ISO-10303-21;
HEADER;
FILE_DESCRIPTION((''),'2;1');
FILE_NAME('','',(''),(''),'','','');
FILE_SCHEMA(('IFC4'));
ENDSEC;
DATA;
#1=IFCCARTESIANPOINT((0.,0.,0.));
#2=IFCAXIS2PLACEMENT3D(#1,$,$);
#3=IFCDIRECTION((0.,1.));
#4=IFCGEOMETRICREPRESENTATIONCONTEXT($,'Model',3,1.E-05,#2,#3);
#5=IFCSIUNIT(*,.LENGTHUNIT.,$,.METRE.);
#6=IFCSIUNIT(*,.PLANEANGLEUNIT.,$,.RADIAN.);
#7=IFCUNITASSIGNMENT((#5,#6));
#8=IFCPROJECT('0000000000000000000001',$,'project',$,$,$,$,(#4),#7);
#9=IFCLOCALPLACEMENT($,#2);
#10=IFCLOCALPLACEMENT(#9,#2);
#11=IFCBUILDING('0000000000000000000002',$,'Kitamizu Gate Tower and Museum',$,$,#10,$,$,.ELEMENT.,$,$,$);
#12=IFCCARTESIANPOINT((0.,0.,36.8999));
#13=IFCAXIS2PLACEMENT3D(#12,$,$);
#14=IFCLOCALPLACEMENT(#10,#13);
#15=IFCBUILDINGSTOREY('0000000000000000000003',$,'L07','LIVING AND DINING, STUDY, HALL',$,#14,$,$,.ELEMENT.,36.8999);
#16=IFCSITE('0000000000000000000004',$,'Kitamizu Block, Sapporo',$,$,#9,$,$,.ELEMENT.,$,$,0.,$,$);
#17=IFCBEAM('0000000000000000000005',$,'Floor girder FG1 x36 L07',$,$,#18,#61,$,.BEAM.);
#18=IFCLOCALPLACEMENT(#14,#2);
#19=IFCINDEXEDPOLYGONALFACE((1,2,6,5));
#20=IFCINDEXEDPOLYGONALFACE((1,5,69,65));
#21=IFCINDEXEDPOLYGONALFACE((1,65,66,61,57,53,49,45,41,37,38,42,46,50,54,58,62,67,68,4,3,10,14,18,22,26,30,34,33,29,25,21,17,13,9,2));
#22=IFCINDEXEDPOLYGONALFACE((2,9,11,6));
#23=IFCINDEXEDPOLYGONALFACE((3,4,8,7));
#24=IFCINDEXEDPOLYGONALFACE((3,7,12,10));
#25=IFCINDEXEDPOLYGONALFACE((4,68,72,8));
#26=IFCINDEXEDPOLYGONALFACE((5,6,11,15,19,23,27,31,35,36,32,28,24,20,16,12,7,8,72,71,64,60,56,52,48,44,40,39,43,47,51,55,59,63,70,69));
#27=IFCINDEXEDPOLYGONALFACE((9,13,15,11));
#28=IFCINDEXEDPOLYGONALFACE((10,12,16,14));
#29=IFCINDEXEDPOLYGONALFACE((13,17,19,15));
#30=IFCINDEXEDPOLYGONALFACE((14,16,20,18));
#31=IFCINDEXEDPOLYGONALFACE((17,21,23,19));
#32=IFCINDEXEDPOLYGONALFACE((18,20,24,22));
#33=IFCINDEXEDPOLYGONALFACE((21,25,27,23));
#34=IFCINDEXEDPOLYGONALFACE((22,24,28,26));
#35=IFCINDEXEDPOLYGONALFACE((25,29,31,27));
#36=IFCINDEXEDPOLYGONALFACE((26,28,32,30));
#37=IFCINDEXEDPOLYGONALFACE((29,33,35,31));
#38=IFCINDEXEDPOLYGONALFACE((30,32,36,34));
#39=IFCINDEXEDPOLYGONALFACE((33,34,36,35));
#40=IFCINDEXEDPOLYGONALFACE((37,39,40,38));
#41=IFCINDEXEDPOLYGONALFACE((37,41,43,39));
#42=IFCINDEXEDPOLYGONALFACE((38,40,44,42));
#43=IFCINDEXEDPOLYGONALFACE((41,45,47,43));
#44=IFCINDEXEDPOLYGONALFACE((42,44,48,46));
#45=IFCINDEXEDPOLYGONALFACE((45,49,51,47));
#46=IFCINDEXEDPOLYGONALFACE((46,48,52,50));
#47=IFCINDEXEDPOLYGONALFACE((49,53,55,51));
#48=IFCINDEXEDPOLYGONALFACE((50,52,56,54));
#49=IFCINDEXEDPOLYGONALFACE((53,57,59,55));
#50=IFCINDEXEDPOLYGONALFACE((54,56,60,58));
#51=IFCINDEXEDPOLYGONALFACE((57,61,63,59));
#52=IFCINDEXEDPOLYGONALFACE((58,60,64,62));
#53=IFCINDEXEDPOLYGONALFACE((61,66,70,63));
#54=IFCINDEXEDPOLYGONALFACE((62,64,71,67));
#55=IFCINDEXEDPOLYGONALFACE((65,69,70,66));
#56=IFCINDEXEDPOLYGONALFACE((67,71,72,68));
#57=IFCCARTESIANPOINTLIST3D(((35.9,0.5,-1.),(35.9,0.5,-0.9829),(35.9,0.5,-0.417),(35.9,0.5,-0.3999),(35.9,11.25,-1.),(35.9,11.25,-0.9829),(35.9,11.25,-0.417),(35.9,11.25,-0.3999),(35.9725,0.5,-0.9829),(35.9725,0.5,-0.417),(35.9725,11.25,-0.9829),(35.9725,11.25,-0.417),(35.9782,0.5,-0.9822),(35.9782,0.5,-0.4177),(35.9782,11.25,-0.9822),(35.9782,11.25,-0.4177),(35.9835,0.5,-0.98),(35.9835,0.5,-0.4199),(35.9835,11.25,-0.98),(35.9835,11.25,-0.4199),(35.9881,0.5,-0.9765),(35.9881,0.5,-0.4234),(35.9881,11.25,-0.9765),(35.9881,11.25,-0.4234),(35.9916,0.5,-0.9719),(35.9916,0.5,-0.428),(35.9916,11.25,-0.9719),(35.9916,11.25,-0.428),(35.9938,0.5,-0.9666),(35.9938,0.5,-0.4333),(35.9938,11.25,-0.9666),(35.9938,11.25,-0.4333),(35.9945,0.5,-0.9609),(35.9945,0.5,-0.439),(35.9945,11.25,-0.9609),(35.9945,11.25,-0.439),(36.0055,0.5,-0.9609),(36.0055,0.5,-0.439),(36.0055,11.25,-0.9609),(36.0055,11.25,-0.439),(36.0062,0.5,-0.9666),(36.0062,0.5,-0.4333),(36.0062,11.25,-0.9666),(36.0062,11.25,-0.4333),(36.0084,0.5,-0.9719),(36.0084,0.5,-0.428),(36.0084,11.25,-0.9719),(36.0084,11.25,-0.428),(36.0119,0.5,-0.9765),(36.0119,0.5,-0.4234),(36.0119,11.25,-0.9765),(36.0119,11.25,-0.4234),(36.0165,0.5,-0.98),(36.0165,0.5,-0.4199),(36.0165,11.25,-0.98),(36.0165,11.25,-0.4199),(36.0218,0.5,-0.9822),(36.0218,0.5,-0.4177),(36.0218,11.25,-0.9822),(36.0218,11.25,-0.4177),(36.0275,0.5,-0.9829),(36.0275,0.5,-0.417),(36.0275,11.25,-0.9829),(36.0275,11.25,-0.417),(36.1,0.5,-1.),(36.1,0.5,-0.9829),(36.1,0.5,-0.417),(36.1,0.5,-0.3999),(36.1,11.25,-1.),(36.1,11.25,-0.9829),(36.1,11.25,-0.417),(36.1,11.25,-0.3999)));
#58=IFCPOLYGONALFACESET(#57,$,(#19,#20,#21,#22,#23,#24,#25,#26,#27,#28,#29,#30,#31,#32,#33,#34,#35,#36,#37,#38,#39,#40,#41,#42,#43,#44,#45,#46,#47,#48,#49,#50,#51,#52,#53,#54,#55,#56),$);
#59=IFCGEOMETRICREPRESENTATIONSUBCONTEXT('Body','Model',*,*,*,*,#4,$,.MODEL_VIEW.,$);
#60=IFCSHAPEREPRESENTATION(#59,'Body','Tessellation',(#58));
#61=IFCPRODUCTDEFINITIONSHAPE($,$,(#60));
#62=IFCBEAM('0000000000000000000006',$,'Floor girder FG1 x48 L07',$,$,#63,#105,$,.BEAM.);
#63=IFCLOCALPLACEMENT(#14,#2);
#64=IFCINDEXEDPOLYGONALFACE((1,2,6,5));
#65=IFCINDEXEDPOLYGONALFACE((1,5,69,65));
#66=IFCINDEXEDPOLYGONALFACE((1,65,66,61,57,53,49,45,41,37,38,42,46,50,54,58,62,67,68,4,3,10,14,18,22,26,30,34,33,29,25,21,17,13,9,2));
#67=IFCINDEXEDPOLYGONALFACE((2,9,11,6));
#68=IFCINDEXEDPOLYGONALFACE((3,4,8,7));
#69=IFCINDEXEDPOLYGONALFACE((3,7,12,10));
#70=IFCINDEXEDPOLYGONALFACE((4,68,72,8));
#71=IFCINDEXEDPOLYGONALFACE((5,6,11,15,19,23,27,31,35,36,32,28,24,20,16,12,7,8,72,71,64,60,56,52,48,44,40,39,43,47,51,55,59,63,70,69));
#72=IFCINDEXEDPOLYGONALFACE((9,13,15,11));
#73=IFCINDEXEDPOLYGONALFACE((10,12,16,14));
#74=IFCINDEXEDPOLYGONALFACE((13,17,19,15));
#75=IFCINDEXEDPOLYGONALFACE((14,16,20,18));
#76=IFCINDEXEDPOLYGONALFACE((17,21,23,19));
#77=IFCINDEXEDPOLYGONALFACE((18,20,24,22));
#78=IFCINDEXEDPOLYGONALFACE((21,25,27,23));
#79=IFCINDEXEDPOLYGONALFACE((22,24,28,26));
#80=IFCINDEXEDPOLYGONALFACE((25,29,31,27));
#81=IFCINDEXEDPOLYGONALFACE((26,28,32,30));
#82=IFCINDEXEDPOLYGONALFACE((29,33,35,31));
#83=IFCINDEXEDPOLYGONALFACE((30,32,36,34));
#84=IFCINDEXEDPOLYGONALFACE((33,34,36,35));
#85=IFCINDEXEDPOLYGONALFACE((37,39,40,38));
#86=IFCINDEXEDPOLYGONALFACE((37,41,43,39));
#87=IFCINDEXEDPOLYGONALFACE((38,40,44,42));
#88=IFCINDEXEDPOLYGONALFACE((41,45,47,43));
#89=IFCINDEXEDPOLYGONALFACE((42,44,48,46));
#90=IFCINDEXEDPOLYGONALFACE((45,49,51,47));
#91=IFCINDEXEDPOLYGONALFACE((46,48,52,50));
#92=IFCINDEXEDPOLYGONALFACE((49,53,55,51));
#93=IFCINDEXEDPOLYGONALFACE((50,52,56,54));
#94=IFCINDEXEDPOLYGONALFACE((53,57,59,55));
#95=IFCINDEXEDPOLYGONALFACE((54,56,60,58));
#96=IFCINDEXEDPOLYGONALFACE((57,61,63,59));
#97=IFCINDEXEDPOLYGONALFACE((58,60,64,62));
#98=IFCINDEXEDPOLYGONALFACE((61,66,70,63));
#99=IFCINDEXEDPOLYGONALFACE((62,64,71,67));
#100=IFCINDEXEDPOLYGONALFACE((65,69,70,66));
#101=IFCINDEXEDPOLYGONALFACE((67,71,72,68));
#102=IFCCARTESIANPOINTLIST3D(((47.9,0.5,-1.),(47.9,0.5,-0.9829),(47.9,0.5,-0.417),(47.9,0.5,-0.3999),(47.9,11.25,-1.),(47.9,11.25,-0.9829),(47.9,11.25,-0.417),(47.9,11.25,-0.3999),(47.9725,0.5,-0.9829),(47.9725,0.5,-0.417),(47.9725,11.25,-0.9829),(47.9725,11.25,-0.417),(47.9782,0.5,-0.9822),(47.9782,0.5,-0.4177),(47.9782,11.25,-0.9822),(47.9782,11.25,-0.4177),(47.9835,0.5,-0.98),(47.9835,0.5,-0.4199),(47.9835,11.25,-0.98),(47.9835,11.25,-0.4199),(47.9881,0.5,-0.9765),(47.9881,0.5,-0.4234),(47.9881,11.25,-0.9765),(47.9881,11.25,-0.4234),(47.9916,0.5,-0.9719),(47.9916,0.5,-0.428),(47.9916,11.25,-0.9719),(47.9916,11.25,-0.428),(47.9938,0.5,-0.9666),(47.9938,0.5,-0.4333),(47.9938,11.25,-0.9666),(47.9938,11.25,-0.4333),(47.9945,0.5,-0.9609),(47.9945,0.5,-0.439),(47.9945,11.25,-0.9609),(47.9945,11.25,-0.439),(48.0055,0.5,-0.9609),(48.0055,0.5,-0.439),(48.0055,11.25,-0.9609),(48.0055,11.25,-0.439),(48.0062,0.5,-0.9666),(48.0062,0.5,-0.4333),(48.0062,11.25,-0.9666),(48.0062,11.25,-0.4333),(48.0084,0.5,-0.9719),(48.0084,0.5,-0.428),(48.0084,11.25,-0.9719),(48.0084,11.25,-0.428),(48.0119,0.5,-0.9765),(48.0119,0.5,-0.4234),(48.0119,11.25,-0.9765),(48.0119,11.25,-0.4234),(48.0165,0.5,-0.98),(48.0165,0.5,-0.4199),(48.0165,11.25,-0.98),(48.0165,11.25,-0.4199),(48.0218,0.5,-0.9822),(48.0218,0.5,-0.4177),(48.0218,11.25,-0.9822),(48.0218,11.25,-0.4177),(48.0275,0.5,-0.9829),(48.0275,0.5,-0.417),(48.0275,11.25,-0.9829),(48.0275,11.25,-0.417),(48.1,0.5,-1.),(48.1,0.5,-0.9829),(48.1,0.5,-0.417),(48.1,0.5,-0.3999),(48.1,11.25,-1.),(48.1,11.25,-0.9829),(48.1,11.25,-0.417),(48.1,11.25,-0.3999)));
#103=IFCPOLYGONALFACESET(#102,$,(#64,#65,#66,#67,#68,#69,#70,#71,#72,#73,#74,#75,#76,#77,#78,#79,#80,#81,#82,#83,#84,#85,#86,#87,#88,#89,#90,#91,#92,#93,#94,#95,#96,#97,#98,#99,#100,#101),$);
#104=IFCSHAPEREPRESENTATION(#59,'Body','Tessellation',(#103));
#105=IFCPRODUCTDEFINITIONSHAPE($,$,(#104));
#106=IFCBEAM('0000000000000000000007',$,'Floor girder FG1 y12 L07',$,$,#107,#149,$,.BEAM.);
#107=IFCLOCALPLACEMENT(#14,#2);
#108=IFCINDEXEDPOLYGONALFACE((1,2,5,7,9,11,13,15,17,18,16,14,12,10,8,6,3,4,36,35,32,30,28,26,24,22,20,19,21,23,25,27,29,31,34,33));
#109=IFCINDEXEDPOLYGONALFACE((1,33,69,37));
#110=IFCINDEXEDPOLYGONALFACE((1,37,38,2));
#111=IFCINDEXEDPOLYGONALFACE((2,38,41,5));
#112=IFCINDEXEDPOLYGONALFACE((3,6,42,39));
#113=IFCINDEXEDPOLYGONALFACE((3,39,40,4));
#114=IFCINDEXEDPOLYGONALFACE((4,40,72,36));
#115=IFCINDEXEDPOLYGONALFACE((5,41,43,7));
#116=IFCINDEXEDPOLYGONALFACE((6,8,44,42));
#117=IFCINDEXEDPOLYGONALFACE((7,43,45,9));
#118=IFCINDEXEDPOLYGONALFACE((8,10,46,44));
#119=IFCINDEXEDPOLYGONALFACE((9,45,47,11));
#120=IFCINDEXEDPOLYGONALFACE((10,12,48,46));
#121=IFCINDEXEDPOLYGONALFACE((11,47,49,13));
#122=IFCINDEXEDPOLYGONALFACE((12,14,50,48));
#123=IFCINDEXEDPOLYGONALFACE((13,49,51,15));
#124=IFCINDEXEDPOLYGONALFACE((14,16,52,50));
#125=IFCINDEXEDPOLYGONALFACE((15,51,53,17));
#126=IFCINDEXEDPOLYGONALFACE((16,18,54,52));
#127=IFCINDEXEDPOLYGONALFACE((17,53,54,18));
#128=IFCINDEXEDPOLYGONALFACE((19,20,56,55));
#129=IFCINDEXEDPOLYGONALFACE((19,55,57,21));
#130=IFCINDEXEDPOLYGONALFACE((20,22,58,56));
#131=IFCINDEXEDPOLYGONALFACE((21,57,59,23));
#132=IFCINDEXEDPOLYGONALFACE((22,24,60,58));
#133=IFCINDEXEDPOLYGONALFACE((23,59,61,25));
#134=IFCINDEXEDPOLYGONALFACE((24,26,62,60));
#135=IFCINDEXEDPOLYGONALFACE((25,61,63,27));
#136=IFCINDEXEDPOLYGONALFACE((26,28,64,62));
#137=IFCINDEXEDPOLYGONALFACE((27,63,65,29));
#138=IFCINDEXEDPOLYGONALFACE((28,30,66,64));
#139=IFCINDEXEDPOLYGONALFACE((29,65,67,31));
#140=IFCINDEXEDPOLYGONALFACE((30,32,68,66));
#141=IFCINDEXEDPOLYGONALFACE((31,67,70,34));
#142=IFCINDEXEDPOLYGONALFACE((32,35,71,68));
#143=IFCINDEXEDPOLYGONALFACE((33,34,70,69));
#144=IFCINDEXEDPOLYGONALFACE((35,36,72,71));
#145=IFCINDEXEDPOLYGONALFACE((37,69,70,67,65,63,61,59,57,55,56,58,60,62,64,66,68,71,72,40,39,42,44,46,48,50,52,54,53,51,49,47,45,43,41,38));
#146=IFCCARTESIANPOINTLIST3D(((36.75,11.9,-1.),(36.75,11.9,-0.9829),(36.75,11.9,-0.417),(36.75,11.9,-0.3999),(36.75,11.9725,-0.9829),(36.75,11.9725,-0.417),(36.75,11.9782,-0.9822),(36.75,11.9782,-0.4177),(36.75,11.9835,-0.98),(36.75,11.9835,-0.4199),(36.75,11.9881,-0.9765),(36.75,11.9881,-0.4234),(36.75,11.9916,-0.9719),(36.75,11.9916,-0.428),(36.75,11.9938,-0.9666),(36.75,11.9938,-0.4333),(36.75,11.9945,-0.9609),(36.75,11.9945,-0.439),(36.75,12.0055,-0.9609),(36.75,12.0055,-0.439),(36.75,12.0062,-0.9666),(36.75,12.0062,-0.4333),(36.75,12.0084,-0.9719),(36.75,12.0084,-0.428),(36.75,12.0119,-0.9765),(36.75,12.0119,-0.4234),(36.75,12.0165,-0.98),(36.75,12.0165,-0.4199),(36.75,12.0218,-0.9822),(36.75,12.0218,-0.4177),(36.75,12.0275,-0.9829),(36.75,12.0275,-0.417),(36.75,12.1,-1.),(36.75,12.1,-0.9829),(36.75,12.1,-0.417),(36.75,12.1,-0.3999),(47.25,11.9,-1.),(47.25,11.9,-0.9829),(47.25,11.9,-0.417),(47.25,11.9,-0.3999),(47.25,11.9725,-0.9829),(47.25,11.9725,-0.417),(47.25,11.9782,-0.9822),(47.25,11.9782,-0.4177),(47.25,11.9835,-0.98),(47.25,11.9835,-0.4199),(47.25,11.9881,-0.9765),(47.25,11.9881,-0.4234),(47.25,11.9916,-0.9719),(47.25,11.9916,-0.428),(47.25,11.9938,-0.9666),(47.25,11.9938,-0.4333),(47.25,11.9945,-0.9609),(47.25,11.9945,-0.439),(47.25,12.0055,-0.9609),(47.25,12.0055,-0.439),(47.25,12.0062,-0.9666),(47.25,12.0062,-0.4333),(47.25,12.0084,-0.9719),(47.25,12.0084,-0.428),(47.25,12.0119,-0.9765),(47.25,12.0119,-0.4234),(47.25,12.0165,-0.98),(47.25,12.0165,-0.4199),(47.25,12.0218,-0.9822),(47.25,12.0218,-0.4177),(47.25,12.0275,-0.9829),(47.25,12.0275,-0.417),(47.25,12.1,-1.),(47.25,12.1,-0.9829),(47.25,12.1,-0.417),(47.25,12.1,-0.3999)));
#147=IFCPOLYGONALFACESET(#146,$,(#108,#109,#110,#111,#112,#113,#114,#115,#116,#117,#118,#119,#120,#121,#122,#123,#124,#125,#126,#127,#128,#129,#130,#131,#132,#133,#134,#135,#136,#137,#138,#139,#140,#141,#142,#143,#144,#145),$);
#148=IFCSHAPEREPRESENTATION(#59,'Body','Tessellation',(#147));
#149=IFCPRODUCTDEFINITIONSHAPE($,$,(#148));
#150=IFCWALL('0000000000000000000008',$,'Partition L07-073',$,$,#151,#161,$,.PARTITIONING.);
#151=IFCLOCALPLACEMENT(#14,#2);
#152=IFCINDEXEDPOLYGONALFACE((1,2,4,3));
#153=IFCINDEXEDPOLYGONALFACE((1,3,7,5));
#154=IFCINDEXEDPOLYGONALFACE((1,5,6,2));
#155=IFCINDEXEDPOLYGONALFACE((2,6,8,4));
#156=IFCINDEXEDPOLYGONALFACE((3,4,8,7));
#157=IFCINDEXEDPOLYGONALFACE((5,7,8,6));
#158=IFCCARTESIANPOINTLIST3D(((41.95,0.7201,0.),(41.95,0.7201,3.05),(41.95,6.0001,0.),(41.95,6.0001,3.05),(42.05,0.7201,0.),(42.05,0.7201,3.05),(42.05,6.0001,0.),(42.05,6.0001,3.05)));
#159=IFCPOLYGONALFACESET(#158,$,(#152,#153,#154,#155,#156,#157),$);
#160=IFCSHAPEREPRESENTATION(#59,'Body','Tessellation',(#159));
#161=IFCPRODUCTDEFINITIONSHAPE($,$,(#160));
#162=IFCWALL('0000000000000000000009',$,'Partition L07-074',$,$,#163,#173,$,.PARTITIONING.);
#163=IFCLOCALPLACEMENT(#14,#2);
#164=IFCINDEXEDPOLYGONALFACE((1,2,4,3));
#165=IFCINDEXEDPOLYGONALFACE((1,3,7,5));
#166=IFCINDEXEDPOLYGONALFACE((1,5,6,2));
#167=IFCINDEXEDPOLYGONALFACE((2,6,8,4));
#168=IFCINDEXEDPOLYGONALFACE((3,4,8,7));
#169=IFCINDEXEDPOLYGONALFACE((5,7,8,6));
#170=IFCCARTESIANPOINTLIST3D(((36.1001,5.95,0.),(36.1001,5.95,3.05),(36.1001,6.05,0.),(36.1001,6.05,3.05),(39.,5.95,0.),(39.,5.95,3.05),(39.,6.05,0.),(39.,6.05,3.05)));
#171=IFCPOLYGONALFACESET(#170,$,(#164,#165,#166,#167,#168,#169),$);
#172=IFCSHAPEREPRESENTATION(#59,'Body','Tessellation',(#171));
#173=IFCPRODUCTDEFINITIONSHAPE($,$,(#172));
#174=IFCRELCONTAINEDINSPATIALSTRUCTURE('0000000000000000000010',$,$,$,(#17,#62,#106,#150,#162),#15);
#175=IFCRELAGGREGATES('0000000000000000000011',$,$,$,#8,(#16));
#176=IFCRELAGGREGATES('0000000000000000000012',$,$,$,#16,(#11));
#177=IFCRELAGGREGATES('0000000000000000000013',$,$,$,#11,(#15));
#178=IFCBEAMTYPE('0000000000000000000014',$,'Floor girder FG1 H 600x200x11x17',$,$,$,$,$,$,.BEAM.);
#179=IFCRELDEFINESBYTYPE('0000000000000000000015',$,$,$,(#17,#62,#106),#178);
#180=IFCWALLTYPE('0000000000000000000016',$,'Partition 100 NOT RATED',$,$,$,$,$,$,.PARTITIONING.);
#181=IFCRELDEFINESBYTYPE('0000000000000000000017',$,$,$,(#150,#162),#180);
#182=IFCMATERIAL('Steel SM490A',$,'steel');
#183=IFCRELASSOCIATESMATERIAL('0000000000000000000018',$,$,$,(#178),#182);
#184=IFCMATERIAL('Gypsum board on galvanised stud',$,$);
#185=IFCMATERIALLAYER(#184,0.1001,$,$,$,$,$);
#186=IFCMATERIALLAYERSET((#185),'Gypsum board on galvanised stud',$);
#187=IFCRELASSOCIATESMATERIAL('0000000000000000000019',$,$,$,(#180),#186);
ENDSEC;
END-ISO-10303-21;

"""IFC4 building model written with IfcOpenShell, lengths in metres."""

from ifc_helpers import new_model, si_unit, direction, frame, frame_2d, origin, origin_2d, place, context, subcontext, project, spatial, rectangle, i_section, extrude, material, layer, layer_set, material_profile, profile_set, type_object, element, save


model = new_model("IFC4")

# Units and contexts
model_context = context("Model", 3, precision=1e-05, world=origin(), true_north=direction((0.0, 1.0)))
body_context = subcontext(model_context, "Body", "Model", "MODEL_VIEW")
ifc_project = project(units=[si_unit("LENGTHUNIT", "METRE"), si_unit("PLANEANGLEUNIT", "RADIAN")], contexts=[model_context])

# Site, building, storey
site_placement = place(None, origin())
site = spatial("IfcSite", under=ifc_project, at=site_placement, Name="Kitamizu Block, Sapporo", CompositionType="ELEMENT", RefElevation=0.0)
building_placement = place(site_placement, origin())
building = spatial("IfcBuilding", under=site, at=building_placement, Name="Kitamizu Gate Tower and Museum", CompositionType="ELEMENT")
storey_placement = place(building_placement, frame((0.0, 0.0, 36.8999)))
storey = spatial("IfcBuildingStorey", under=building, at=storey_placement, Name="L07", Description="LIVING AND DINING, STUDY, HALL", CompositionType="ELEMENT", Elevation=36.8999)

# Beams
ifc_material_1 = material(Name="Steel SM490A", Category="steel")
ifc_material_profile_1 = material_profile(ifc_material_1, i_section(OverallWidth=0.2, OverallDepth=0.6001, WebThickness=0.011, FlangeThickness=0.0171, FilletRadius=0.022, at=origin_2d()), Name="H-600x200x11x17")
ifc_profile_set_1 = profile_set([ifc_material_profile_1], Name="Steel SM490A")
beam_type_1 = type_object("IfcBeamType", Name="Floor girder FG1 H 600x200x11x17", PredefinedType="BEAM", material=ifc_profile_set_1)
for number, where, z_axis, x_axis, name in (
    (1, (36.0, 0.5, -0.7), (0.0, 1.0, 0.0), (-1.0, 0.0, 0.0), "Floor girder FG1 x36 L07"),
    (2, (48.0, 0.5, -0.7), (0.0, 1.0, 0.0), (-1.0, 0.0, 0.0), "Floor girder FG1 x48 L07"),
):
    element("IfcBeam", number, at=place(storey_placement, frame(where, z_axis=z_axis, x_axis=x_axis)), inside=storey, type_object=beam_type_1, Name=name, PredefinedType="BEAM", context=body_context, shape_type="SweptSolid", body=[
        extrude(i_section(OverallWidth=0.2, OverallDepth=0.6001, WebThickness=0.011, FlangeThickness=0.0171, FilletRadius=0.022, at=origin_2d()), origin(), (0.0, 0.0, 1.0), 10.75),
    ])
beam_placement = place(storey_placement, frame((36.75, 12.0, -0.7), z_axis=(1.0, 0.0, 0.0), x_axis=(0.0, 1.0, 0.0)))
element("IfcBeam", 3, at=beam_placement, inside=storey, type_object=beam_type_1, Name="Floor girder FG1 y12 L07", PredefinedType="BEAM", context=body_context, shape_type="SweptSolid", body=[
    extrude(i_section(OverallWidth=0.2, OverallDepth=0.6001, WebThickness=0.011, FlangeThickness=0.0171, FilletRadius=0.022, at=origin_2d()), origin(), (0.0, 0.0, 1.0), 10.5),
])

# Walls
ifc_material_2 = material(Name="Gypsum board on galvanised stud")
ifc_layer_1 = layer(ifc_material_2, 0.1001)
ifc_layer_set_1 = layer_set([ifc_layer_1], Name="Gypsum board on galvanised stud")
wall_type_1 = type_object("IfcWallType", Name="Partition 100 NOT RATED", PredefinedType="PARTITIONING", material=ifc_layer_set_1)
wall_1_placement = place(storey_placement, frame((42.0, 0.72, 0.0), z_axis=(0.0, 0.0, 1.0), x_axis=(0.0, 1.0, 0.0)))
element("IfcWall", 4, at=wall_1_placement, inside=storey, type_object=wall_type_1, Name="Partition L07-073", PredefinedType="PARTITIONING", context=body_context, shape_type="SweptSolid", body=[
    extrude(rectangle(XDim=5.28, YDim=0.1001, at=frame_2d((2.6401, 0.0))), origin(), (0.0, 0.0, 1.0), 3.05),
])
wall_2_placement = place(storey_placement, frame((39.0, 6.0, 0.0), z_axis=(0.0, 0.0, 1.0), x_axis=(-1.0, 0.0, 0.0)))
element("IfcWall", 5, at=wall_2_placement, inside=storey, type_object=wall_type_1, Name="Partition L07-074", PredefinedType="PARTITIONING", context=body_context, shape_type="SweptSolid", body=[
    extrude(rectangle(XDim=2.8999, YDim=0.1001, at=frame_2d((1.45, 0.0))), origin(), (0.0, 0.0, 1.0), 3.05),
])

save(model, "model.ifc")
